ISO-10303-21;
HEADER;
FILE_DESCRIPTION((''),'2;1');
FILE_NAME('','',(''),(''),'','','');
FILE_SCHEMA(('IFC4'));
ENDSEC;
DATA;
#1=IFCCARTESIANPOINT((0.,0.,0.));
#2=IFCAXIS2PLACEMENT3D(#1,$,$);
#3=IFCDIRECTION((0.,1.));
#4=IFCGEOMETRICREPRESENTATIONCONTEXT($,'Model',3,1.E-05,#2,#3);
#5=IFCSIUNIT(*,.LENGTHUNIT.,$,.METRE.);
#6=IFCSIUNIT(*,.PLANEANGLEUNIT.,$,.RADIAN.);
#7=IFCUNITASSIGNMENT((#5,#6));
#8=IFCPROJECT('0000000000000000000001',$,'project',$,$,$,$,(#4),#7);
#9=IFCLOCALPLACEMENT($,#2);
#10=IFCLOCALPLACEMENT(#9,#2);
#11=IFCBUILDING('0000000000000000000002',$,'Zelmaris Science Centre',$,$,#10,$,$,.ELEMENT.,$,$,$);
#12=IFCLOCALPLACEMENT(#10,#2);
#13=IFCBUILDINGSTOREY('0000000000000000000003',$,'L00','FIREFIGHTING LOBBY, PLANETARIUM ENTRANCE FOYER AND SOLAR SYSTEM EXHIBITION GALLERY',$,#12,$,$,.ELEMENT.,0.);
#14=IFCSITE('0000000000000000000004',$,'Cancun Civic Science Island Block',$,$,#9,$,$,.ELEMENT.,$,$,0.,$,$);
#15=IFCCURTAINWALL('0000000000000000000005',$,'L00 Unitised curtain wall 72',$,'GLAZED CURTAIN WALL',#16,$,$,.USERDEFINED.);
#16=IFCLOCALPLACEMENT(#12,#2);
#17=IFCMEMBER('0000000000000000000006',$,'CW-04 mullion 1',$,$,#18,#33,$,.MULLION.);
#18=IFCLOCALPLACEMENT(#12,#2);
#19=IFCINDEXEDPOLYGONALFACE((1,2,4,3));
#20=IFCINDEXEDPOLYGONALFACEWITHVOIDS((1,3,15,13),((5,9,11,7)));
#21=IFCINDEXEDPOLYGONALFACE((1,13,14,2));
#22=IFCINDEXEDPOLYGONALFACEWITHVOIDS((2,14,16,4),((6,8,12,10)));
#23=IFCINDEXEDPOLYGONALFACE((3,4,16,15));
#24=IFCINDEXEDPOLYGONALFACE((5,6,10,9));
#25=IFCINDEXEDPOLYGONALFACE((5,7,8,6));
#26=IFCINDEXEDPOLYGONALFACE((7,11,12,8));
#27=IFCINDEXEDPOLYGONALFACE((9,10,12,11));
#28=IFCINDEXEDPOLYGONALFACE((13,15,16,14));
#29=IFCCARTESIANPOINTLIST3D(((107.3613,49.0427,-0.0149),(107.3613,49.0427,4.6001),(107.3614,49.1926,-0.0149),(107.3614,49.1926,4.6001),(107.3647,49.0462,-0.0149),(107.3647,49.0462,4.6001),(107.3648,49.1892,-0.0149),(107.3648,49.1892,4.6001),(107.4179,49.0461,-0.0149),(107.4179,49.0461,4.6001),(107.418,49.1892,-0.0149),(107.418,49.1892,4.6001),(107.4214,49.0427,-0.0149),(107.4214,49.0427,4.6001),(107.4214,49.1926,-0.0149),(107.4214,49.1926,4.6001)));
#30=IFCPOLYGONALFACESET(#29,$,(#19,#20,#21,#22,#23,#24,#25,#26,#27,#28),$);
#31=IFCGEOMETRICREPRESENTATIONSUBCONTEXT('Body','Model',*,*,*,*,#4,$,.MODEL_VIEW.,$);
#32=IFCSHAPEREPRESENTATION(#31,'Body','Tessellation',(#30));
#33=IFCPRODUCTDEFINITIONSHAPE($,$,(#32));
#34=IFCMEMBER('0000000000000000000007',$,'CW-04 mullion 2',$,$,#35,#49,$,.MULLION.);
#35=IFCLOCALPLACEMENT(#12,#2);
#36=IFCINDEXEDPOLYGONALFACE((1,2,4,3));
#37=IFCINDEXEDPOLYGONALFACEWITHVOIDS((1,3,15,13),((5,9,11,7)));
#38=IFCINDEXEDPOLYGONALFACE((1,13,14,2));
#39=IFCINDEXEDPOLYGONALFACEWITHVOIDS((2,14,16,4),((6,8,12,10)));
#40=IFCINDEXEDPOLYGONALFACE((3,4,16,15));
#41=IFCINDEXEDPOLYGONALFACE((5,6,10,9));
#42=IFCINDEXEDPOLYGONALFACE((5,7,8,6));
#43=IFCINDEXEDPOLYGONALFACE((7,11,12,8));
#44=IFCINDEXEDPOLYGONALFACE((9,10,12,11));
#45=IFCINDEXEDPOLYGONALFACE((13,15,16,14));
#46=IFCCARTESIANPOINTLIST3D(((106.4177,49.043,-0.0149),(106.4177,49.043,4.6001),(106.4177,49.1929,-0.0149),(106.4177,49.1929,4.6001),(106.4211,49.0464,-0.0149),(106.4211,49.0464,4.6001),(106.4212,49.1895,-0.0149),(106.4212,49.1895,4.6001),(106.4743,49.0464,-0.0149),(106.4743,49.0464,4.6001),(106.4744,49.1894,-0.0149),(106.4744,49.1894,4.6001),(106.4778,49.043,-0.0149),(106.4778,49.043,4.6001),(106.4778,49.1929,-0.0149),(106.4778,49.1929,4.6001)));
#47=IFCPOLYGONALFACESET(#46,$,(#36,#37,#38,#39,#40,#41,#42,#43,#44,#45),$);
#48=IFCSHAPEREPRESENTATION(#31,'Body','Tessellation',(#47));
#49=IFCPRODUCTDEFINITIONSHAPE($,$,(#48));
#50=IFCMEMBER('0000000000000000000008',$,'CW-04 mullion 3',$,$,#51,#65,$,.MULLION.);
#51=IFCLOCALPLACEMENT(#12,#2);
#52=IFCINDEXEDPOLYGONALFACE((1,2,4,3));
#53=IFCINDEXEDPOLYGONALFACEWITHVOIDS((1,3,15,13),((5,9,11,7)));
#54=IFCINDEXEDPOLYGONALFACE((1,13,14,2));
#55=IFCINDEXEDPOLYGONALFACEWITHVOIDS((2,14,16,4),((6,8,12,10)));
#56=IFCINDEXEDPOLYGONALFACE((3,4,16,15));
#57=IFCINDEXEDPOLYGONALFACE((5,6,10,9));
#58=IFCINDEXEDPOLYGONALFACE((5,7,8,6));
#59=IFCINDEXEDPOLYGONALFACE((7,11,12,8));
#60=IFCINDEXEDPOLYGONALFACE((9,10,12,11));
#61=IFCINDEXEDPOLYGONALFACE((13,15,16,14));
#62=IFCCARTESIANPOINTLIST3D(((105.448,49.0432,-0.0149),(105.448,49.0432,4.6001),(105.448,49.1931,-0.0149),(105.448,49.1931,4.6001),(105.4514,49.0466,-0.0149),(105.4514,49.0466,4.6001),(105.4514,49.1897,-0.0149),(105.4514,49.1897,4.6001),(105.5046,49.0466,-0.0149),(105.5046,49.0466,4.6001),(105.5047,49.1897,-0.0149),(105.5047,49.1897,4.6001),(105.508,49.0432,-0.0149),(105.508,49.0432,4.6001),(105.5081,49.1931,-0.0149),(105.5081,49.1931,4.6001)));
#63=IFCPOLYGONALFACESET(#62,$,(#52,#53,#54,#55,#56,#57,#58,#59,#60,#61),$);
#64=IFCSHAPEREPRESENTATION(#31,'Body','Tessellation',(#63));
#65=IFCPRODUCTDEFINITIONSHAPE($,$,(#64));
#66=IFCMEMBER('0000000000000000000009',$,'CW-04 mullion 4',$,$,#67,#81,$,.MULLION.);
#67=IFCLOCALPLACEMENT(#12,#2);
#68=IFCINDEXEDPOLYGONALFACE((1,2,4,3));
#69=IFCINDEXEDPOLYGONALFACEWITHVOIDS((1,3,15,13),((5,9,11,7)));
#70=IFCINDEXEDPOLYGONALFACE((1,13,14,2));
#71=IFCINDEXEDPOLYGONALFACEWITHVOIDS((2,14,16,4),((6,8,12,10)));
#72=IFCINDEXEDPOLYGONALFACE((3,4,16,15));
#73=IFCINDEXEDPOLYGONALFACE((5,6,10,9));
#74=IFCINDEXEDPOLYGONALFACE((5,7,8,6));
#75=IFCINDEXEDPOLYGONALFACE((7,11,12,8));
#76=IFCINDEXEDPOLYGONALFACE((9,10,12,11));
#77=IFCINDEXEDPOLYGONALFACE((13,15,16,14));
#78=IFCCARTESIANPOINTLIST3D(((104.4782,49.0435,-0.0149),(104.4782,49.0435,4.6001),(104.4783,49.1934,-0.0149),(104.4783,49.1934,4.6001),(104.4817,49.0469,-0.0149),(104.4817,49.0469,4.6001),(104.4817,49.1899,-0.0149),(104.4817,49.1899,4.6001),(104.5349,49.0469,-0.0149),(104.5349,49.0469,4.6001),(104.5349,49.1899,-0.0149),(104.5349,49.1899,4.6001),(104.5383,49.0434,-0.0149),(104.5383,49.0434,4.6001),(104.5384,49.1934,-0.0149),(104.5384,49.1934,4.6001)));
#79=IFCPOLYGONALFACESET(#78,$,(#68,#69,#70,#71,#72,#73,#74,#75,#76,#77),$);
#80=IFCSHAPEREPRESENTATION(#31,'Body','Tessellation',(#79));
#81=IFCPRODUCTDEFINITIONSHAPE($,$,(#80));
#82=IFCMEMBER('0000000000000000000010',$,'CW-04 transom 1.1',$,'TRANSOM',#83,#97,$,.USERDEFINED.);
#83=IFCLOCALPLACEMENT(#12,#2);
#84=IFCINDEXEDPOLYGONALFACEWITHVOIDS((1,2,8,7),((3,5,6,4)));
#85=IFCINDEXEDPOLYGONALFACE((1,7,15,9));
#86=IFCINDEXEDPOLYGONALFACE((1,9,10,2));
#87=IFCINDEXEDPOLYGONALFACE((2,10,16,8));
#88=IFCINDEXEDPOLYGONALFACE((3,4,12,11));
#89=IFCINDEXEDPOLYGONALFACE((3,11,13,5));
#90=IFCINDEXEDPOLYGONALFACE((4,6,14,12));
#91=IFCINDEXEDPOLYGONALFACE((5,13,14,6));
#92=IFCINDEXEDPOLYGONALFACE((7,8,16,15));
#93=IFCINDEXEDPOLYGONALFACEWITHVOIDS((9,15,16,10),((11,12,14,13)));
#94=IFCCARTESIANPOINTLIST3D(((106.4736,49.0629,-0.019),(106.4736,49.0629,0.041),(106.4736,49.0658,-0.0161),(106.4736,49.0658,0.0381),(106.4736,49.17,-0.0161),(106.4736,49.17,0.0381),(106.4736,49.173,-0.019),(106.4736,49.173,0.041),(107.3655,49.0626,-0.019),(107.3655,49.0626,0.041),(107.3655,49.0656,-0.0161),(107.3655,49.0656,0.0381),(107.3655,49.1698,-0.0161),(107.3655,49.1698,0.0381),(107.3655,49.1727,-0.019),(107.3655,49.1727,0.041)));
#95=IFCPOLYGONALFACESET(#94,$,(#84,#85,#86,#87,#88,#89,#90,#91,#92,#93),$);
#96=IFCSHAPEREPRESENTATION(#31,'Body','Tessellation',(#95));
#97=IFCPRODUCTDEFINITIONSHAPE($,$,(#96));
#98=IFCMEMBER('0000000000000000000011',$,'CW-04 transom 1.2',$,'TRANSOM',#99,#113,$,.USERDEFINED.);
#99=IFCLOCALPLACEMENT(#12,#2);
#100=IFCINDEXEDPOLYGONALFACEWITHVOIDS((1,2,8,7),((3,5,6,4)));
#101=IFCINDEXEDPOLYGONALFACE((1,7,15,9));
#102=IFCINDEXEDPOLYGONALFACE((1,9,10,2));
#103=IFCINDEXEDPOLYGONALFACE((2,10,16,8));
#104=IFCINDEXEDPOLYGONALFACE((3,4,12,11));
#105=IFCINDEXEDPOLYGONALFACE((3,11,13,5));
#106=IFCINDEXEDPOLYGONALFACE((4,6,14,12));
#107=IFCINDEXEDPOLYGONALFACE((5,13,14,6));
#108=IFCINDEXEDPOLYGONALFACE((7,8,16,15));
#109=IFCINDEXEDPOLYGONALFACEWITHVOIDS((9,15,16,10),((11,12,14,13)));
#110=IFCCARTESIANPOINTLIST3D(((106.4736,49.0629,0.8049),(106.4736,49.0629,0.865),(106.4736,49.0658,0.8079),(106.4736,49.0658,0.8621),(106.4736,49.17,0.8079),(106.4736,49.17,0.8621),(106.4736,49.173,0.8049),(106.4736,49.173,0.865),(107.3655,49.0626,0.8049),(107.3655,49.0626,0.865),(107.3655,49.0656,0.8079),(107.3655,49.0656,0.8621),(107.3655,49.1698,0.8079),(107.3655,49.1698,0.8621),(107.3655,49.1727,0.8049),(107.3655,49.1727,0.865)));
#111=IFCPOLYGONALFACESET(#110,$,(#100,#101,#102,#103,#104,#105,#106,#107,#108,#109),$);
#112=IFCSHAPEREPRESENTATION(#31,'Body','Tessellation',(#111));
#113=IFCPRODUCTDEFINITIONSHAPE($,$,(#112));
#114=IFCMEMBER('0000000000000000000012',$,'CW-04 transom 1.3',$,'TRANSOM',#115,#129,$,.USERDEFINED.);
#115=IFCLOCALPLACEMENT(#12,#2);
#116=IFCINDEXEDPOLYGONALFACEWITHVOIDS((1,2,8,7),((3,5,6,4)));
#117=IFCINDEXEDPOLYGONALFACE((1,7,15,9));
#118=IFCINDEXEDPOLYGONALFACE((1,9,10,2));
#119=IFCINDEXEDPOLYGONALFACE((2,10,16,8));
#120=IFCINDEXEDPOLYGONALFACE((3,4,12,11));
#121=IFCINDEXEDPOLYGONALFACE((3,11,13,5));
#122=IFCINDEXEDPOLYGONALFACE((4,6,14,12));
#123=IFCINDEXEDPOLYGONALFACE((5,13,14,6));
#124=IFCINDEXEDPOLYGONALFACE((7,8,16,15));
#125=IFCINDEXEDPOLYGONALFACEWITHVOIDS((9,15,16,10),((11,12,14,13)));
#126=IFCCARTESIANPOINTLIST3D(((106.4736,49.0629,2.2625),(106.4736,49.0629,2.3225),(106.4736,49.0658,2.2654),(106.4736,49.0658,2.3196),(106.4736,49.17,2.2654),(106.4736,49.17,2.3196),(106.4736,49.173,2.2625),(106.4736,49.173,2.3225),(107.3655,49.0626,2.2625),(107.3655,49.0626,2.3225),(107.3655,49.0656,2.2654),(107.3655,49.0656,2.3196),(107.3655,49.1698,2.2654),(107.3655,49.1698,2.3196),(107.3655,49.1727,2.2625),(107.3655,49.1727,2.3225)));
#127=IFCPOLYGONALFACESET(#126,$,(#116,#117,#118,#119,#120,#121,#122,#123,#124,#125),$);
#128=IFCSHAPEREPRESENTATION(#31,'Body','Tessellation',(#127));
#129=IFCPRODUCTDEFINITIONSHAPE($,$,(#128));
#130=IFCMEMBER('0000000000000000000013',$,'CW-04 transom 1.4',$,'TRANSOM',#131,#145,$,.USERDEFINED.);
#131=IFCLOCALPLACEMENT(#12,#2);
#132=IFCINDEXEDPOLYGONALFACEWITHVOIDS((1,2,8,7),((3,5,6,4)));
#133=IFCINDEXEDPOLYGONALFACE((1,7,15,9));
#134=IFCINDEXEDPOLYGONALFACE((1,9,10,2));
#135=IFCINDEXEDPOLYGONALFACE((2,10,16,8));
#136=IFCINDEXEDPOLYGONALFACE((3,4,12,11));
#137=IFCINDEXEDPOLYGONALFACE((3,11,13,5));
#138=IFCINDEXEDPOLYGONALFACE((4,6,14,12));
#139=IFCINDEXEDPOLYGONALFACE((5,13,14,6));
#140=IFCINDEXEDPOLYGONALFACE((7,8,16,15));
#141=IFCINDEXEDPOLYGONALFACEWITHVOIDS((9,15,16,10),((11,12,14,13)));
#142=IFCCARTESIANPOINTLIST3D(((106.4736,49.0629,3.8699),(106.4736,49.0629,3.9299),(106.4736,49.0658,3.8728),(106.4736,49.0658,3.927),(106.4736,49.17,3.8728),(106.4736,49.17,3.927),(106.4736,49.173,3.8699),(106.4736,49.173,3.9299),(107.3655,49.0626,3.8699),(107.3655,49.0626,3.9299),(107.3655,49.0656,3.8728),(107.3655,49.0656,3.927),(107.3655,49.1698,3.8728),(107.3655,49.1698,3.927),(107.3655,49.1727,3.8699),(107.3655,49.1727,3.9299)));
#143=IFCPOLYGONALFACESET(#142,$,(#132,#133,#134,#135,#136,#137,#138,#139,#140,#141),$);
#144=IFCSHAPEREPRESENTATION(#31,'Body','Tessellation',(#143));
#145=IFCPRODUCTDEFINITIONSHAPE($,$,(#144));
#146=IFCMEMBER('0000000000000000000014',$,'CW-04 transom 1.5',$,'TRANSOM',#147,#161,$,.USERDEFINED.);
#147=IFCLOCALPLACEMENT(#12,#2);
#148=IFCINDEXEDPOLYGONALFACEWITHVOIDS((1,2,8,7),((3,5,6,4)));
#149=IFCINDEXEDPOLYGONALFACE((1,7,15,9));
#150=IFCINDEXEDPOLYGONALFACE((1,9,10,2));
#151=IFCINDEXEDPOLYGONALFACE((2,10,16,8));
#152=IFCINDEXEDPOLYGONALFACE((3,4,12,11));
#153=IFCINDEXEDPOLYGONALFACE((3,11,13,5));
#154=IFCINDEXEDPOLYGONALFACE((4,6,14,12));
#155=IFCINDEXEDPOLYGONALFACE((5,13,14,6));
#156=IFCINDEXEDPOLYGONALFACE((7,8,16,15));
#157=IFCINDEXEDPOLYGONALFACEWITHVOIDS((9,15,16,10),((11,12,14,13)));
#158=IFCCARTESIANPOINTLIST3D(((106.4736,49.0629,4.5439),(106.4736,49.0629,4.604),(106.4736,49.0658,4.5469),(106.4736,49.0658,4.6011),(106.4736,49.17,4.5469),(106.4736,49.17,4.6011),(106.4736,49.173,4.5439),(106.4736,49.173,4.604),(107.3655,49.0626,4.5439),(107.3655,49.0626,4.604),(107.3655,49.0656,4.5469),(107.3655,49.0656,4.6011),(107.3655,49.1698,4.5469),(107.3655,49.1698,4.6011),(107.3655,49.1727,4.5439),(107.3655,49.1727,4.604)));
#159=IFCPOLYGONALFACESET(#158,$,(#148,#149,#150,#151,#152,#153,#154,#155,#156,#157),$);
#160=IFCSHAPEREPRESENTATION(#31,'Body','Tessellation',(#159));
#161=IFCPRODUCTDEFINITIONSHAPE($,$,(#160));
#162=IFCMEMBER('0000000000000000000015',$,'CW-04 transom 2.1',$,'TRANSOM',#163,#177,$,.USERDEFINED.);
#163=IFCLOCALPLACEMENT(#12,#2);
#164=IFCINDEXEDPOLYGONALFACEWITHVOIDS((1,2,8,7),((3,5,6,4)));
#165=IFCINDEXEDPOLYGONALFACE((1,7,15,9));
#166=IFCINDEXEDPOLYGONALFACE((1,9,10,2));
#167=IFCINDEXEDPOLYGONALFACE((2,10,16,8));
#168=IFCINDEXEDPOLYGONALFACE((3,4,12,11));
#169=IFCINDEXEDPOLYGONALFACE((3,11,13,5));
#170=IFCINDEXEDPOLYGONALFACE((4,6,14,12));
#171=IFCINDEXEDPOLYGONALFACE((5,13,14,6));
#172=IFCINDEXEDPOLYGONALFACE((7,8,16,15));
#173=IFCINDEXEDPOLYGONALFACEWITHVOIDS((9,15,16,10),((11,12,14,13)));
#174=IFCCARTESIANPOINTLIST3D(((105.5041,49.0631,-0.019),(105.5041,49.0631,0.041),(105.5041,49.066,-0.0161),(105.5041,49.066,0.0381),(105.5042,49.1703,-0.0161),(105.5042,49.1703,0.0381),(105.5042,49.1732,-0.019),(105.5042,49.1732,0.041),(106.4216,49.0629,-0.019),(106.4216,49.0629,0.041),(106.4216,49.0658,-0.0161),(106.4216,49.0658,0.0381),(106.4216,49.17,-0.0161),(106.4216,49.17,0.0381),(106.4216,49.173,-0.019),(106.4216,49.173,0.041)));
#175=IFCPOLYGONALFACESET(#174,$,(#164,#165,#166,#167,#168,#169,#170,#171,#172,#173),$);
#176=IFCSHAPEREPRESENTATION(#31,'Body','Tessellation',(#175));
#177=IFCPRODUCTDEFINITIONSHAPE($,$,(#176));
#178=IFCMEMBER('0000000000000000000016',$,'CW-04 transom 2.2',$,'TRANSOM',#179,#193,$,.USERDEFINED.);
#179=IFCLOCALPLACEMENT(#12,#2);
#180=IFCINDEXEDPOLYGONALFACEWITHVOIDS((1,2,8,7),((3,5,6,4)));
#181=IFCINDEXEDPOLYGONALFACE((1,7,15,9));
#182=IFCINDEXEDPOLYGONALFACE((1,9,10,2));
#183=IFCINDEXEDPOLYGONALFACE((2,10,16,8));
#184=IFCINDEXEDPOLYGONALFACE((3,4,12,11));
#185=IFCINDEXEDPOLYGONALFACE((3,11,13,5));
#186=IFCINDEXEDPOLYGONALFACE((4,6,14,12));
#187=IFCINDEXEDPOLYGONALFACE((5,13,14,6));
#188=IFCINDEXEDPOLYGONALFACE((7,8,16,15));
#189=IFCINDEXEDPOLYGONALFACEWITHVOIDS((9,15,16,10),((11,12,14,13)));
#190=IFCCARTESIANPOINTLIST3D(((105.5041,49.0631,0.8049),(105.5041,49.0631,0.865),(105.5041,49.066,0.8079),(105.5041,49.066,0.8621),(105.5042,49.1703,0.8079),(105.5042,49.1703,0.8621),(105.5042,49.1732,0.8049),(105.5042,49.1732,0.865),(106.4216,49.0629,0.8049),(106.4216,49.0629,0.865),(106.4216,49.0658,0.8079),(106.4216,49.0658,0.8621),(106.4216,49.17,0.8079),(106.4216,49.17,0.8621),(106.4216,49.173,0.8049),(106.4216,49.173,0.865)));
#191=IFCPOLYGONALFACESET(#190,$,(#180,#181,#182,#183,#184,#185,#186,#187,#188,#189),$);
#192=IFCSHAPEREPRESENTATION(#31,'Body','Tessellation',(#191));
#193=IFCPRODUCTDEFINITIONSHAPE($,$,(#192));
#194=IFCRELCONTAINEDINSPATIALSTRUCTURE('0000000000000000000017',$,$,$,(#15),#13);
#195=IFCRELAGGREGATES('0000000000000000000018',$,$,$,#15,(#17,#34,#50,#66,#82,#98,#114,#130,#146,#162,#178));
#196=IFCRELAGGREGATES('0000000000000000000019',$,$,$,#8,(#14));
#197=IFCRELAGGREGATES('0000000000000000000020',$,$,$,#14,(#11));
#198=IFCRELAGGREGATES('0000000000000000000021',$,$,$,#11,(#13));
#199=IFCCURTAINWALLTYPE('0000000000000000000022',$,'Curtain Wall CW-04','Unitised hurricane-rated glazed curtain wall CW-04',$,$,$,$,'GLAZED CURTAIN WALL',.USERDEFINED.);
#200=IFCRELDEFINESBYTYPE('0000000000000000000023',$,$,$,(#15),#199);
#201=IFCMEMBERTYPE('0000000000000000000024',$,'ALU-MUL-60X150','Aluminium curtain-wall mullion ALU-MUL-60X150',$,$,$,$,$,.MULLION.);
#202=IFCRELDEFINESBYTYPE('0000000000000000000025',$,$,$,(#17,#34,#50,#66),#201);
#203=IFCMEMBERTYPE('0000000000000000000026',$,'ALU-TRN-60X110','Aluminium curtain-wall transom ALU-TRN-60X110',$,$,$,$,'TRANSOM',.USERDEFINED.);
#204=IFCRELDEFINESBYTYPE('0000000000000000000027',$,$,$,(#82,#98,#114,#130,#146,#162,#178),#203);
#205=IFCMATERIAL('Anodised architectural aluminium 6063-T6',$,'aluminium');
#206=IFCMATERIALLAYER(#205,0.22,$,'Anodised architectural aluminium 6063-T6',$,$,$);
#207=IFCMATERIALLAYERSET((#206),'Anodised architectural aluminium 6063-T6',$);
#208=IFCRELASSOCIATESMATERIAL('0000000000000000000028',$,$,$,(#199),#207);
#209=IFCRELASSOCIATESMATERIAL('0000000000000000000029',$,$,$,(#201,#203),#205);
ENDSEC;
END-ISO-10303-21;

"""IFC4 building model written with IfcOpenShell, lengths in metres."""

from ifc_helpers import new_model, si_unit, direction, frame, origin, origin_2d, place, context, subcontext, project, spatial, hollow_rectangle, extrude, material, layer, layer_set, material_profile, profile_set, type_object, element, aggregate, save


model = new_model("IFC4")

# Units and contexts
model_context = context("Model", 3, precision=1e-05, world=origin(), true_north=direction((0.0, 1.0)))
body_context = subcontext(model_context, "Body", "Model", "MODEL_VIEW")
ifc_project = project(units=[si_unit("LENGTHUNIT", "METRE"), si_unit("PLANEANGLEUNIT", "RADIAN")], contexts=[model_context])

# Site, building, storey
site_placement = place(None, origin())
site = spatial("IfcSite", under=ifc_project, at=site_placement, Name="Cancun Civic Science Island Block", CompositionType="ELEMENT", RefElevation=0.0)
building_placement = place(site_placement, origin())
building = spatial("IfcBuilding", under=site, at=building_placement, Name="Zelmaris Science Centre", CompositionType="ELEMENT")
storey_placement = place(building_placement, origin())
storey = spatial("IfcBuildingStorey", under=building, at=storey_placement, Name="L00", Description="FIREFIGHTING LOBBY, PLANETARIUM ENTRANCE FOYER AND SOLAR SYSTEM EXHIBITION GALLERY", CompositionType="ELEMENT", Elevation=0.0)

# Curtain wall, members
ifc_material_1 = material(Name="Anodised architectural aluminium 6063-T6", Category="aluminium")
ifc_layer_1 = layer(ifc_material_1, 0.22, Name="Anodised architectural aluminium 6063-T6")
ifc_layer_set_1 = layer_set([ifc_layer_1], Name="Anodised architectural aluminium 6063-T6")
curtain_wall_type = type_object("IfcCurtainWallType", Name="Curtain Wall CW-04", Description="Unitised hurricane-rated glazed curtain wall CW-04", ElementType="GLAZED CURTAIN WALL", PredefinedType="USERDEFINED", material=ifc_layer_set_1)
curtain_wall_placement = place(storey_placement, origin())
curtain_wall = element("IfcCurtainWall", 1, at=curtain_wall_placement, inside=storey, type_object=curtain_wall_type, Name="L00 Unitised curtain wall 72", ObjectType="GLAZED CURTAIN WALL", PredefinedType="USERDEFINED")
ifc_material_profile_1 = material_profile(ifc_material_1, hollow_rectangle(XDim=0.0601, YDim=0.1499, WallThickness=0.0034, at=origin_2d()), Name="ALU-MUL-60X150")
ifc_profile_set_1 = profile_set([ifc_material_profile_1], Name="Anodised architectural aluminium 6063-T6")
member_type_1 = type_object("IfcMemberType", Name="ALU-MUL-60X150", Description="Aluminium curtain-wall mullion ALU-MUL-60X150", PredefinedType="MULLION", material=ifc_profile_set_1)
member_1_placement = place(storey_placement, frame((107.3914, 49.1177, -0.0149), z_axis=(0.0, 0.0, 1.0), x_axis=(-1.0, 0.000297, 0.0)))
member_1 = element("IfcMember", 2, at=member_1_placement, type_object=member_type_1, Name="CW-04 mullion 1", PredefinedType="MULLION", context=body_context, shape_type="SweptSolid", body=[
    extrude(hollow_rectangle(XDim=0.0601, YDim=0.1499, WallThickness=0.0034, at=origin_2d()), origin(), (0.0, 0.0, 1.0), 4.615),
])
member_2_placement = place(storey_placement, frame((106.4478, 49.1179, -0.0149), z_axis=(0.0, 0.0, 1.0), x_axis=(-1.0, 0.000297, 0.0)))
member_2 = element("IfcMember", 3, at=member_2_placement, type_object=member_type_1, Name="CW-04 mullion 2", PredefinedType="MULLION", context=body_context, shape_type="SweptSolid", body=[
    extrude(hollow_rectangle(XDim=0.0601, YDim=0.1499, WallThickness=0.0034, at=origin_2d()), origin(), (0.0, 0.0, 1.0), 4.615),
])
member_3_placement = place(storey_placement, frame((105.478, 49.1182, -0.0149), z_axis=(0.0, 0.0, 1.0), x_axis=(-1.0, 0.000297, 0.0)))
member_3 = element("IfcMember", 4, at=member_3_placement, type_object=member_type_1, Name="CW-04 mullion 3", PredefinedType="MULLION", context=body_context, shape_type="SweptSolid", body=[
    extrude(hollow_rectangle(XDim=0.0601, YDim=0.1499, WallThickness=0.0034, at=origin_2d()), origin(), (0.0, 0.0, 1.0), 4.615),
])
member_4_placement = place(storey_placement, frame((104.5083, 49.1184, -0.0149), z_axis=(0.0, 0.0, 1.0), x_axis=(-1.0, 0.000297, 0.0)))
member_4 = element("IfcMember", 5, at=member_4_placement, type_object=member_type_1, Name="CW-04 mullion 4", PredefinedType="MULLION", context=body_context, shape_type="SweptSolid", body=[
    extrude(hollow_rectangle(XDim=0.0601, YDim=0.1499, WallThickness=0.0034, at=origin_2d()), origin(), (0.0, 0.0, 1.0), 4.615),
])
ifc_material_profile_2 = material_profile(ifc_material_1, hollow_rectangle(XDim=0.0601, YDim=0.1101, WallThickness=0.0029, at=origin_2d()), Name="ALU-TRN-60X110")
ifc_profile_set_2 = profile_set([ifc_material_profile_2], Name="Anodised architectural aluminium 6063-T6")
member_type_2 = type_object("IfcMemberType", Name="ALU-TRN-60X110", Description="Aluminium curtain-wall transom ALU-TRN-60X110", ElementType="TRANSOM", PredefinedType="USERDEFINED", material=ifc_profile_set_2)
member_5_placement = place(storey_placement, frame((107.3655, 49.1177, 0.011), z_axis=(-1.0, 0.000274, 0.0), x_axis=(0.0, 0.0, 1.0)))
member_5 = element("IfcMember", 6, at=member_5_placement, type_object=member_type_2, Name="CW-04 transom 1.1", ObjectType="TRANSOM", PredefinedType="USERDEFINED", context=body_context, shape_type="SweptSolid", body=[
    extrude(hollow_rectangle(XDim=0.0601, YDim=0.1101, WallThickness=0.0029, at=origin_2d()), origin(), (0.0, 0.0, 1.0), 0.8918),
])
member_6_placement = place(storey_placement, frame((107.3655, 49.1177, 0.835), z_axis=(-1.0, 0.000274, 0.0), x_axis=(0.0, 0.0, 1.0)))
member_6 = element("IfcMember", 7, at=member_6_placement, type_object=member_type_2, Name="CW-04 transom 1.2", ObjectType="TRANSOM", PredefinedType="USERDEFINED", context=body_context, shape_type="SweptSolid", body=[
    extrude(hollow_rectangle(XDim=0.0601, YDim=0.1101, WallThickness=0.0029, at=origin_2d()), origin(), (0.0, 0.0, 1.0), 0.8918),
])
member_7_placement = place(storey_placement, frame((107.3655, 49.1177, 2.2925), z_axis=(-1.0, 0.000274, 0.0), x_axis=(0.0, 0.0, 1.0)))
member_7 = element("IfcMember", 8, at=member_7_placement, type_object=member_type_2, Name="CW-04 transom 1.3", ObjectType="TRANSOM", PredefinedType="USERDEFINED", context=body_context, shape_type="SweptSolid", body=[
    extrude(hollow_rectangle(XDim=0.0601, YDim=0.1101, WallThickness=0.0029, at=origin_2d()), origin(), (0.0, 0.0, 1.0), 0.8918),
])
member_8_placement = place(storey_placement, frame((107.3655, 49.1177, 3.8999), z_axis=(-1.0, 0.000274, 0.0), x_axis=(0.0, 0.0, 1.0)))
member_8 = element("IfcMember", 9, at=member_8_placement, type_object=member_type_2, Name="CW-04 transom 1.4", ObjectType="TRANSOM", PredefinedType="USERDEFINED", context=body_context, shape_type="SweptSolid", body=[
    extrude(hollow_rectangle(XDim=0.0601, YDim=0.1101, WallThickness=0.0029, at=origin_2d()), origin(), (0.0, 0.0, 1.0), 0.8918),
])
member_9_placement = place(storey_placement, frame((107.3655, 49.1177, 4.574), z_axis=(-1.0, 0.000274, 0.0), x_axis=(0.0, 0.0, 1.0)))
member_9 = element("IfcMember", 10, at=member_9_placement, type_object=member_type_2, Name="CW-04 transom 1.5", ObjectType="TRANSOM", PredefinedType="USERDEFINED", context=body_context, shape_type="SweptSolid", body=[
    extrude(hollow_rectangle(XDim=0.0601, YDim=0.1101, WallThickness=0.0029, at=origin_2d()), origin(), (0.0, 0.0, 1.0), 0.8918),
])
member_10_placement = place(storey_placement, frame((106.4216, 49.1179, 0.011), z_axis=(-1.0, 0.000266, 0.0), x_axis=(0.0, 0.0, 1.0)))
member_10 = element("IfcMember", 11, at=member_10_placement, type_object=member_type_2, Name="CW-04 transom 2.1", ObjectType="TRANSOM", PredefinedType="USERDEFINED", context=body_context, shape_type="SweptSolid", body=[
    extrude(hollow_rectangle(XDim=0.0601, YDim=0.1101, WallThickness=0.0029, at=origin_2d()), origin(), (0.0, 0.0, 1.0), 0.9175),
])
member_11_placement = place(storey_placement, frame((106.4216, 49.1179, 0.835), z_axis=(-1.0, 0.000266, 0.0), x_axis=(0.0, 0.0, 1.0)))
member_11 = element("IfcMember", 12, at=member_11_placement, type_object=member_type_2, Name="CW-04 transom 2.2", ObjectType="TRANSOM", PredefinedType="USERDEFINED", context=body_context, shape_type="SweptSolid", body=[
    extrude(hollow_rectangle(XDim=0.0601, YDim=0.1101, WallThickness=0.0029, at=origin_2d()), origin(), (0.0, 0.0, 1.0), 0.9175),
])
aggregate(curtain_wall, [member_1, member_2, member_3, member_4, member_5, member_6, member_7, member_8, member_9, member_10, member_11])

save(model, "model.ifc")
